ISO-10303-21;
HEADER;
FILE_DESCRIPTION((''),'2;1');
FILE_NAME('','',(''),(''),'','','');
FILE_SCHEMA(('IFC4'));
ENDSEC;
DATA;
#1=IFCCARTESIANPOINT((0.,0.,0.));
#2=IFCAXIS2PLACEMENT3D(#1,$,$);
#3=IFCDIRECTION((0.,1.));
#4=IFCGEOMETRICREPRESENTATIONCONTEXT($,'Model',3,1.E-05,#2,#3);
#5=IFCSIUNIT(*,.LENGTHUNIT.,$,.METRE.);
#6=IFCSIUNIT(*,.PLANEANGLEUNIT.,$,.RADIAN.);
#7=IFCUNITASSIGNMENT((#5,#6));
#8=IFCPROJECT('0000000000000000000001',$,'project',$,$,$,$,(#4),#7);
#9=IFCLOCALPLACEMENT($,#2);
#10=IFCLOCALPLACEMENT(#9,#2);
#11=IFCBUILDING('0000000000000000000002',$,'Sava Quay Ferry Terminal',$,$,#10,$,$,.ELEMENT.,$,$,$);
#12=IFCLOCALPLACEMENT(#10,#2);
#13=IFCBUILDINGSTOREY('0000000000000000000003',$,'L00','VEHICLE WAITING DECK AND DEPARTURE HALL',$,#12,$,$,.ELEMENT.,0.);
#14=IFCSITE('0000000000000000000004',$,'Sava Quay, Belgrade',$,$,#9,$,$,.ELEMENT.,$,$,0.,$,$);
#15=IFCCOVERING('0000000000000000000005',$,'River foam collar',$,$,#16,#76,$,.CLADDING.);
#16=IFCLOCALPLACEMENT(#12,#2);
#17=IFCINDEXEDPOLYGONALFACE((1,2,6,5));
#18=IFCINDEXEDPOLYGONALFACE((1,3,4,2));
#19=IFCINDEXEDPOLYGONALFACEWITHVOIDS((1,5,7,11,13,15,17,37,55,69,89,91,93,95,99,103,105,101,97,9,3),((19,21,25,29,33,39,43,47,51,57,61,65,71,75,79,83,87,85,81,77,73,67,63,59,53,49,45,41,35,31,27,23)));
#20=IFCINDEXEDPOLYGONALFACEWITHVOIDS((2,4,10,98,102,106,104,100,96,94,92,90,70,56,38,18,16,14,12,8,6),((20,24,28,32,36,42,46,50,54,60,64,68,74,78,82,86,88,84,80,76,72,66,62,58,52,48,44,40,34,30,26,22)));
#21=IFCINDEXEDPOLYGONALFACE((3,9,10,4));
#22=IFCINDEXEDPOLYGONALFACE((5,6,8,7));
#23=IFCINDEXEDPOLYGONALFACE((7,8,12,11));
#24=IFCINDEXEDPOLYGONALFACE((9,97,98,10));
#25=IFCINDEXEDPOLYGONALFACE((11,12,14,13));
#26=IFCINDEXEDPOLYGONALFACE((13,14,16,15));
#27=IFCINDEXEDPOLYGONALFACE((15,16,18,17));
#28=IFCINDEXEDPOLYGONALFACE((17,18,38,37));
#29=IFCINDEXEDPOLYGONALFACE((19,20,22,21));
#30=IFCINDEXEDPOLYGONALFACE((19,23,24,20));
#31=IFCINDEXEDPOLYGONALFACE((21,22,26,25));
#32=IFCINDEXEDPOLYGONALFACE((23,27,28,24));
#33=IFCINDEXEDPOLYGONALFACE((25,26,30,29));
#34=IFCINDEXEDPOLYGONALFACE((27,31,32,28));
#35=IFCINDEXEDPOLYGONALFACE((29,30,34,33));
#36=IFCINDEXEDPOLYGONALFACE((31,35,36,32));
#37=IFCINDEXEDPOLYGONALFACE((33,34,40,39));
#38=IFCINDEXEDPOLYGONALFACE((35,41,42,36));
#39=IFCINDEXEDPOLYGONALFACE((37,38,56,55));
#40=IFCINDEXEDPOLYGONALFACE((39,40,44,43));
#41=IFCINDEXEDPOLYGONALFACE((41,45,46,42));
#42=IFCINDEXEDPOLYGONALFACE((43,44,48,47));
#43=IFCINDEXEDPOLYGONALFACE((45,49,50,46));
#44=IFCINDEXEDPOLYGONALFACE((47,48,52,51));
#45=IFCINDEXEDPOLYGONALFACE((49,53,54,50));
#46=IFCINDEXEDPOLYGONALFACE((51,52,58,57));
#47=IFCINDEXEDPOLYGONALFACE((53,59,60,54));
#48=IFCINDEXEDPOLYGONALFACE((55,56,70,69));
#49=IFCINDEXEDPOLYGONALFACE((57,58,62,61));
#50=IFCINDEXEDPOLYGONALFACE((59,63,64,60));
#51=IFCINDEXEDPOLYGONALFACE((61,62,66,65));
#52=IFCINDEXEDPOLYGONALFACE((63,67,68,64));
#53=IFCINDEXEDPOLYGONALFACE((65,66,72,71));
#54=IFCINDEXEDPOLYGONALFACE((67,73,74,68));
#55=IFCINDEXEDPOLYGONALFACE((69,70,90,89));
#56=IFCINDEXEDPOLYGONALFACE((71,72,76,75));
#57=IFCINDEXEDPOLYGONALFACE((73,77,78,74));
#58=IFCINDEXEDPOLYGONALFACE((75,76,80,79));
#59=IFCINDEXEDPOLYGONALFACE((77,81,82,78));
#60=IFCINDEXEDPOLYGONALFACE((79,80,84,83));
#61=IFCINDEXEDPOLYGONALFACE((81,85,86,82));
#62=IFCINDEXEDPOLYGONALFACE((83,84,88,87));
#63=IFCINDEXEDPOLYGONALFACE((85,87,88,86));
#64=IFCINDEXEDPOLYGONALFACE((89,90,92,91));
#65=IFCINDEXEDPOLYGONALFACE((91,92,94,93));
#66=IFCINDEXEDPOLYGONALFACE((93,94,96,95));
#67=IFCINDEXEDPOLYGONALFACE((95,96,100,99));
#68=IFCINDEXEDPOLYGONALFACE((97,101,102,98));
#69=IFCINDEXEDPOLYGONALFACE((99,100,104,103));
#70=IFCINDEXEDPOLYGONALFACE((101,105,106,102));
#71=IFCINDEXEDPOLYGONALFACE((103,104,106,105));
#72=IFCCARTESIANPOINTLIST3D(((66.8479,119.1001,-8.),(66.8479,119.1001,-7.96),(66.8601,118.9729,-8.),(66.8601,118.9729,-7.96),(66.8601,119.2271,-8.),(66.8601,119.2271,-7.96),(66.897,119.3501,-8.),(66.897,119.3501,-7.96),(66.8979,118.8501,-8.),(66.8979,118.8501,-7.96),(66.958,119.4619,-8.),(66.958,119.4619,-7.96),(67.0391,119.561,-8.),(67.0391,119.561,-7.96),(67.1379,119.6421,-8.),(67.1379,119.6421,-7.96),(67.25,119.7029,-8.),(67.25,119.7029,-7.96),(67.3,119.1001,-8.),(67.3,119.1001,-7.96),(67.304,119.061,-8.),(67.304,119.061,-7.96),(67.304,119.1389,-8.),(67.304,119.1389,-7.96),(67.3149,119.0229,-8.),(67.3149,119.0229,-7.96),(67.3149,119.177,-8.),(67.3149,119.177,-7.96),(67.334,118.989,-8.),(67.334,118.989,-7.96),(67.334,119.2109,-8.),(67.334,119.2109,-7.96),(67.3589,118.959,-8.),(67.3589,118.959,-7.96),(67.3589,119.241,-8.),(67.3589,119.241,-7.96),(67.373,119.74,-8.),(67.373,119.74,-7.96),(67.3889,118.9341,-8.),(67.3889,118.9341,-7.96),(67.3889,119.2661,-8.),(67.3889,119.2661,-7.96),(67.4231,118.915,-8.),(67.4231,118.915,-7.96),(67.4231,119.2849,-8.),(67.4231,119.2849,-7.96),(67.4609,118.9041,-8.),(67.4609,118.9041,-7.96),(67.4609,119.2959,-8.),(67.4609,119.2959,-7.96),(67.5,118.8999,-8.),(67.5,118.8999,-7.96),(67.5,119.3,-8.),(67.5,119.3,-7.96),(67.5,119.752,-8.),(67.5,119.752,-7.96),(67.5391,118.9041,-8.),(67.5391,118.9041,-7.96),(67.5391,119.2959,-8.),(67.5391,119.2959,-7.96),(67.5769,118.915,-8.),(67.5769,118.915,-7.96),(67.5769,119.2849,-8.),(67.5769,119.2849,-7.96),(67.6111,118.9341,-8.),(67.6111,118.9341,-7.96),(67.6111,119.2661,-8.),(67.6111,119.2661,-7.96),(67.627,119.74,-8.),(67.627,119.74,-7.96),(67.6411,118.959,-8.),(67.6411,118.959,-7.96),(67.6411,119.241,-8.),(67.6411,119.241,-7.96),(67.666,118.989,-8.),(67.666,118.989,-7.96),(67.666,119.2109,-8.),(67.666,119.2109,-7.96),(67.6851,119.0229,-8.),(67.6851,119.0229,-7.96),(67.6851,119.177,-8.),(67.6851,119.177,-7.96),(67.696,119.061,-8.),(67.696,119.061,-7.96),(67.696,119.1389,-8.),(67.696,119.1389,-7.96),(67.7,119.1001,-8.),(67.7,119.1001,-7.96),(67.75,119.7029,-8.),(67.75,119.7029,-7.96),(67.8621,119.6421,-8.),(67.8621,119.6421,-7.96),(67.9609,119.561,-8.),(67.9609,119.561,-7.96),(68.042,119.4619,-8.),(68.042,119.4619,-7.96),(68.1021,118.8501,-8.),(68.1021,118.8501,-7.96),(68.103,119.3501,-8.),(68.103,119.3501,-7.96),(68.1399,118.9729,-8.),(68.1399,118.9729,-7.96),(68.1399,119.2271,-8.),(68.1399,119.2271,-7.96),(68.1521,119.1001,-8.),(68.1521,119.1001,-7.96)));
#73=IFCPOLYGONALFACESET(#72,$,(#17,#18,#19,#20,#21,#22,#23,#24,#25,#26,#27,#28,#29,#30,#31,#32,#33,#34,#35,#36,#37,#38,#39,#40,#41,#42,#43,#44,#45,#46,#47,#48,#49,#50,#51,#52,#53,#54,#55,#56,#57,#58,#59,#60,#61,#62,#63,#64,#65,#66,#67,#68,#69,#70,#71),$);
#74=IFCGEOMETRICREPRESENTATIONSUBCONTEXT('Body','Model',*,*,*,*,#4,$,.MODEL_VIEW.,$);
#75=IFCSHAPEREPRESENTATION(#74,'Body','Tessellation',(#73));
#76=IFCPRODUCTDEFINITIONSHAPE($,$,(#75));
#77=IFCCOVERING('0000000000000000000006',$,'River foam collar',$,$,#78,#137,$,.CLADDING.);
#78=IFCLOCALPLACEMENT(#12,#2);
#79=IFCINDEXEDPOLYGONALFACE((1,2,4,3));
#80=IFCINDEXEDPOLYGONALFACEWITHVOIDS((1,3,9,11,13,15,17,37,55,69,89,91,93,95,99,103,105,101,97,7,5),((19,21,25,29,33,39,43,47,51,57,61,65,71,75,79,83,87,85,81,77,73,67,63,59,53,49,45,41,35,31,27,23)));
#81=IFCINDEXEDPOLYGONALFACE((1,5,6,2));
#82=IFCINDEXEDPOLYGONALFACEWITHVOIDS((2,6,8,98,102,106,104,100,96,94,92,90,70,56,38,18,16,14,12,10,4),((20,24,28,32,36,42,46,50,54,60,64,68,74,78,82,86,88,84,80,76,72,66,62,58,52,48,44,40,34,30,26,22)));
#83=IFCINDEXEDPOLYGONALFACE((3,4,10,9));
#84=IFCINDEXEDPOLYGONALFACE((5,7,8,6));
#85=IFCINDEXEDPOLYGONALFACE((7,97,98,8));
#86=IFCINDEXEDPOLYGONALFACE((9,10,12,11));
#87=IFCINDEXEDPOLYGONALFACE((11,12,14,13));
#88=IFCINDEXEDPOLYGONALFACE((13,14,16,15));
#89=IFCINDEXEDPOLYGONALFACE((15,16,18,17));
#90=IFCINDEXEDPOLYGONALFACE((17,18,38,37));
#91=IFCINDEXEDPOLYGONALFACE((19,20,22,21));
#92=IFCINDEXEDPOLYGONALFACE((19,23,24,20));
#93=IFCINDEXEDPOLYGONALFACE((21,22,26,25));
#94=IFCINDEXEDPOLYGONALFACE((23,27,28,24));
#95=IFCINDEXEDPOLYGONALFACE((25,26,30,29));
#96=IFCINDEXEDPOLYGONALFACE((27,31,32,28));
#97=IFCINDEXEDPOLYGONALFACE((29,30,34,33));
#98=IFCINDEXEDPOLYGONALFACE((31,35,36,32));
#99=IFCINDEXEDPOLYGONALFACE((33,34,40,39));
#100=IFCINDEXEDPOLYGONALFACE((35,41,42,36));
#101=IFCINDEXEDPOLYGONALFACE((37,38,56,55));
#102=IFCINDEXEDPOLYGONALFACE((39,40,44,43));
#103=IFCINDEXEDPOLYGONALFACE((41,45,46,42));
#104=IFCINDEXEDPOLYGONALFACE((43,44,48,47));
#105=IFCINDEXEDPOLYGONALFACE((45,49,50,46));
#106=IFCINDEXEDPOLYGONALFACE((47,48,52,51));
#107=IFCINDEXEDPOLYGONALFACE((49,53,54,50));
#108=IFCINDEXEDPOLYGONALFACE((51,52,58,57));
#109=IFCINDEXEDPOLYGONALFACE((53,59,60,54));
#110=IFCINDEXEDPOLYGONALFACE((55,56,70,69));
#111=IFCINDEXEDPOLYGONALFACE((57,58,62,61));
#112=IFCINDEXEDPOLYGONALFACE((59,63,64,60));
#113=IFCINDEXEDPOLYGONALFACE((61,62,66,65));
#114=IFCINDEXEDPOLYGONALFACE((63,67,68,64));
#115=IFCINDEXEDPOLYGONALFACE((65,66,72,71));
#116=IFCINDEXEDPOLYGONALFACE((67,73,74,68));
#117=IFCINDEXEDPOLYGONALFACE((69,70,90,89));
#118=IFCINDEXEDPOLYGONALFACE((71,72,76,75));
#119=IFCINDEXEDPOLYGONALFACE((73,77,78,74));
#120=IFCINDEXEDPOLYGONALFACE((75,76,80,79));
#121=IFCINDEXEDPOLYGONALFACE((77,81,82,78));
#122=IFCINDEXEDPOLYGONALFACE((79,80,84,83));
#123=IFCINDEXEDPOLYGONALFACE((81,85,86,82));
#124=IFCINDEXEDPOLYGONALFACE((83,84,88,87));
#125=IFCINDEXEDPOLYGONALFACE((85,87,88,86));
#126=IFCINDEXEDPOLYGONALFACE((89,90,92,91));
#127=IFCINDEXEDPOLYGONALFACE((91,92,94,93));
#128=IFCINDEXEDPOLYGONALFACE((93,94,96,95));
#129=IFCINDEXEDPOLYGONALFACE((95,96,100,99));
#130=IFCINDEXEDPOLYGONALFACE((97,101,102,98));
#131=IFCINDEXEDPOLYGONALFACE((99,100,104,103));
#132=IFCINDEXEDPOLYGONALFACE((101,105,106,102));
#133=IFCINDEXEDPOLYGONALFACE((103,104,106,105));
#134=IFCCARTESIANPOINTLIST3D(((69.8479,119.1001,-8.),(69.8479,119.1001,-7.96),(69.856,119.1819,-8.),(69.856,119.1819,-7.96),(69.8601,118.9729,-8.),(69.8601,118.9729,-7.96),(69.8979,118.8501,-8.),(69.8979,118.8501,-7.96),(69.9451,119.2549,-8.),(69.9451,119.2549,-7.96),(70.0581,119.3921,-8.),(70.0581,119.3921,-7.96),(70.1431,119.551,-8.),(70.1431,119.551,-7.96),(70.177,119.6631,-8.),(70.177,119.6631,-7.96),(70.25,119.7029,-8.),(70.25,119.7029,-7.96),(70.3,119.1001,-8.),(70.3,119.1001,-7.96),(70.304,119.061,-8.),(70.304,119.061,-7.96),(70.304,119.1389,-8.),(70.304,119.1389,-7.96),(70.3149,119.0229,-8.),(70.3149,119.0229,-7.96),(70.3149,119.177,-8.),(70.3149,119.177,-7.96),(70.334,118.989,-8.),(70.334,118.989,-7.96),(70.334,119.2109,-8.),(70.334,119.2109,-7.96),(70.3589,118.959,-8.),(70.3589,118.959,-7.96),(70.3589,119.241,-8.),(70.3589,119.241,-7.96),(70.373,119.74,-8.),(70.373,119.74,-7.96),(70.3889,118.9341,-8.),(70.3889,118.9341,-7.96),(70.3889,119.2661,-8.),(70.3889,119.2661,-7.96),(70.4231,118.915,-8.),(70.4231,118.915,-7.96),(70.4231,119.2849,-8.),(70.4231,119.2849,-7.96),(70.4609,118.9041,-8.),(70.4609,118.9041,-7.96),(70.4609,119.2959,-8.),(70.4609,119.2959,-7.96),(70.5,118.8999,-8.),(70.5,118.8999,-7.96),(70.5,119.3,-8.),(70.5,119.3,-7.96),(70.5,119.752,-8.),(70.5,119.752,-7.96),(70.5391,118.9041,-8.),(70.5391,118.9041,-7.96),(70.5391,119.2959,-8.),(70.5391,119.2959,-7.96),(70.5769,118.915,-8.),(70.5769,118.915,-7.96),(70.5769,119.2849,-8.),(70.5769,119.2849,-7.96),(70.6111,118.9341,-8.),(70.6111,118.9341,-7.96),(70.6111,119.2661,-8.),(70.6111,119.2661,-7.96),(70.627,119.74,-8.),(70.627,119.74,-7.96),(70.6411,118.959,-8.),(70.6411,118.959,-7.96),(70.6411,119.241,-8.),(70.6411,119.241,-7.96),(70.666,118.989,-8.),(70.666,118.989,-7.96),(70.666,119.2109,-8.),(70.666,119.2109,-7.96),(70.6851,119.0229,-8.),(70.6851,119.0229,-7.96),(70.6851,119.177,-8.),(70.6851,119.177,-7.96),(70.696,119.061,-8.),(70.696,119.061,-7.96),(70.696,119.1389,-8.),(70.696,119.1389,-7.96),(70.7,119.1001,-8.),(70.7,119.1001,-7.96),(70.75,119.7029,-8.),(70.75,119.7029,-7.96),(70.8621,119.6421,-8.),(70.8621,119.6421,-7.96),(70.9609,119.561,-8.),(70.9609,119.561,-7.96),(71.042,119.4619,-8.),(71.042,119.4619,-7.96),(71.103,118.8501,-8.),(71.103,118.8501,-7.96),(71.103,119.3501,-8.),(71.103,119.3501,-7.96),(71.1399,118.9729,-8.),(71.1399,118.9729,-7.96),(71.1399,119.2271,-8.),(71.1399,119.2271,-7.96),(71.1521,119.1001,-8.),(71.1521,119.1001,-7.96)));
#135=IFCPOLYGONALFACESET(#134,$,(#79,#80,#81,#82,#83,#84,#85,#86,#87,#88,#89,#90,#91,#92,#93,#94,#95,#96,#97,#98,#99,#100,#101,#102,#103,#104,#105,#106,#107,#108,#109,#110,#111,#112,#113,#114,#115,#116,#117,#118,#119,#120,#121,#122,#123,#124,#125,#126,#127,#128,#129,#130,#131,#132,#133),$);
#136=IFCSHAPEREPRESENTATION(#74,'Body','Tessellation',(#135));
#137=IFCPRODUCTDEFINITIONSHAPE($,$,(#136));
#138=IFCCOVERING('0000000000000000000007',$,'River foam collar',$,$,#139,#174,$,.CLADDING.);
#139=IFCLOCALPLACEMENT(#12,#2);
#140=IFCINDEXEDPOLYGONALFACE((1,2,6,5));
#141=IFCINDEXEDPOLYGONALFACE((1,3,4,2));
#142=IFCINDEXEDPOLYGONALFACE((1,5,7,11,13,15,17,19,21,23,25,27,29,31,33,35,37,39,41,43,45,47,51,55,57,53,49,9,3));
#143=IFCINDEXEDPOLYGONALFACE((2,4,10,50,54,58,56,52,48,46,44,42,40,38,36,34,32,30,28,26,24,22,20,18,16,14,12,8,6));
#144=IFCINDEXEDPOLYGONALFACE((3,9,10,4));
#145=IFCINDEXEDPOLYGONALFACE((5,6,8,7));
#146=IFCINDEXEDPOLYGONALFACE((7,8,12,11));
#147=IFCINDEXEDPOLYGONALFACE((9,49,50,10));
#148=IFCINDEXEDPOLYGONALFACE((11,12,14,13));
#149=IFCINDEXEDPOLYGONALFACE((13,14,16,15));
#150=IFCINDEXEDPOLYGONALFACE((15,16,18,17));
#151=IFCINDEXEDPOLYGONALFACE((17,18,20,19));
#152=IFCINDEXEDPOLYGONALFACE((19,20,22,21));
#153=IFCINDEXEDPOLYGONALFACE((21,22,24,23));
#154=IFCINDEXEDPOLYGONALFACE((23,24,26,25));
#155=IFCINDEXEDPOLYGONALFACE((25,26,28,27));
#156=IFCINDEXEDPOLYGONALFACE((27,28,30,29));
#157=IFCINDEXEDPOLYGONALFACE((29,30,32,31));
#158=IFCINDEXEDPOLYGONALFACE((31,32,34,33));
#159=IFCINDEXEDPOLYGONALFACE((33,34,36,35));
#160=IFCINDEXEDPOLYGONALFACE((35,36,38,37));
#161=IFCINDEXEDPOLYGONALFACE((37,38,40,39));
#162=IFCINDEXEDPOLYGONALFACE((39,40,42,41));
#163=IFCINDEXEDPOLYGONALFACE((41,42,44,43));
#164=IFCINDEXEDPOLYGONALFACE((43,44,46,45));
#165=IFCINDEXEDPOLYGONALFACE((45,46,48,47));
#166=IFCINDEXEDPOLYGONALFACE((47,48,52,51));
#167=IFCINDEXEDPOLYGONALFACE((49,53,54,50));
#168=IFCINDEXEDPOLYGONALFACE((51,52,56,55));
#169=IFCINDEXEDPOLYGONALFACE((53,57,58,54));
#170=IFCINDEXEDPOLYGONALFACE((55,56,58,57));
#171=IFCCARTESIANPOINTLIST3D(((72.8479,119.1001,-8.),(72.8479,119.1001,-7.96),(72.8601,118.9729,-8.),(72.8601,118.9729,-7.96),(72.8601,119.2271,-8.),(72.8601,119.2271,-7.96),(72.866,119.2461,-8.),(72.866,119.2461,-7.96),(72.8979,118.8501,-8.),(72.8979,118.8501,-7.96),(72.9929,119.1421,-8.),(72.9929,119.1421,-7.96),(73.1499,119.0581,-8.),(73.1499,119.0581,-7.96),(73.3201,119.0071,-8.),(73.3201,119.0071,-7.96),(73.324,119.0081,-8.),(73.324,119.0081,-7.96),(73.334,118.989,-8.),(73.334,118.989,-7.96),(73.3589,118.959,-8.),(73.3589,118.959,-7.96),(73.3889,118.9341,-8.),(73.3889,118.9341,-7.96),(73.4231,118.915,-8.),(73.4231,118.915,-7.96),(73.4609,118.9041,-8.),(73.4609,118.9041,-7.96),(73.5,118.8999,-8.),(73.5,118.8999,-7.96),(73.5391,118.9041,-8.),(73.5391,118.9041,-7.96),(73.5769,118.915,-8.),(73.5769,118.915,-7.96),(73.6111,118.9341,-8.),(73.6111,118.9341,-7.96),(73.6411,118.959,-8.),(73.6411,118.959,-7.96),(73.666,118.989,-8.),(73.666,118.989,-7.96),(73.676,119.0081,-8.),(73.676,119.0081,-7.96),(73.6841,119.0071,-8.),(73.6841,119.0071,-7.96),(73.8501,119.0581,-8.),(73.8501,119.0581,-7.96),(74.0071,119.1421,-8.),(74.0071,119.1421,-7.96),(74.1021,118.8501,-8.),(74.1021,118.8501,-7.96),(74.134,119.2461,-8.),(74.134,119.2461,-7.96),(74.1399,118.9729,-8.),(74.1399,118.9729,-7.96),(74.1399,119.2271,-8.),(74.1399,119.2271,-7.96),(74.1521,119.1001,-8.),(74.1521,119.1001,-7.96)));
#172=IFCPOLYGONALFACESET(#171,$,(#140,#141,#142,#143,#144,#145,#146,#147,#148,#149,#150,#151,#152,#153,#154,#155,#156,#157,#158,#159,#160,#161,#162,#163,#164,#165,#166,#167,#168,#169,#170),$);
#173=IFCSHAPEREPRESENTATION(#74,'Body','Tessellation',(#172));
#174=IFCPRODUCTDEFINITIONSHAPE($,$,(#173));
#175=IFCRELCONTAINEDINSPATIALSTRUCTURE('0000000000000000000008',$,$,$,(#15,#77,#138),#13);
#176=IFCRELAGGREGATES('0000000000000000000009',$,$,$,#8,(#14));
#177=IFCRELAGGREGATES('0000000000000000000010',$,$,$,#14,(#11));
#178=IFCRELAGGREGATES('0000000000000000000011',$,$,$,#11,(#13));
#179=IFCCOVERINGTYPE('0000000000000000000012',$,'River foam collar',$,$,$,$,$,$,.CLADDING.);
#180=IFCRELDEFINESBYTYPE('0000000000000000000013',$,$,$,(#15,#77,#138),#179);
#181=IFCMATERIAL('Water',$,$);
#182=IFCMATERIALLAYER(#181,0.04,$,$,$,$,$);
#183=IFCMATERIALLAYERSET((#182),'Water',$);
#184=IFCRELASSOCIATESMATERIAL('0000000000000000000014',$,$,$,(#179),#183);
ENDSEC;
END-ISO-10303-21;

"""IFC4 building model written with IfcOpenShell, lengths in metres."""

from ifc_helpers import new_model, si_unit, direction, frame, origin, place, context, subcontext, project, spatial, polyline, outline, extrude, material, layer, layer_set, type_object, element, save


model = new_model("IFC4")

# Units and contexts
model_context = context("Model", 3, precision=1e-05, world=origin(), true_north=direction((0.0, 1.0)))
body_context = subcontext(model_context, "Body", "Model", "MODEL_VIEW")
ifc_project = project(units=[si_unit("LENGTHUNIT", "METRE"), si_unit("PLANEANGLEUNIT", "RADIAN")], contexts=[model_context])

# Site, building, storey
site_placement = place(None, origin())
site = spatial("IfcSite", under=ifc_project, at=site_placement, Name="Sava Quay, Belgrade", CompositionType="ELEMENT", RefElevation=0.0)
building_placement = place(site_placement, origin())
building = spatial("IfcBuilding", under=site, at=building_placement, Name="Sava Quay Ferry Terminal", CompositionType="ELEMENT")
storey_placement = place(building_placement, origin())
storey = spatial("IfcBuildingStorey", under=building, at=storey_placement, Name="L00", Description="VEHICLE WAITING DECK AND DEPARTURE HALL", CompositionType="ELEMENT", Elevation=0.0)

# Coverings
ifc_material = material(Name="Water")
ifc_layer = layer(ifc_material, 0.04)
ifc_layer_set = layer_set([ifc_layer], Name="Water")
covering_type = type_object("IfcCoveringType", Name="River foam collar", PredefinedType="CLADDING", material=ifc_layer_set)
covering_1_placement = place(storey_placement, frame((0.0, 0.0, -8.0)))
element("IfcCovering", 1, at=covering_1_placement, inside=storey, type_object=covering_type, Name="River foam collar", PredefinedType="CLADDING", context=body_context, shape_type="SweptSolid", body=[
    extrude(outline(polyline([(68.1521, 119.1001), (68.1399, 119.2271), (68.103, 119.3501), (68.042, 119.4619), (67.9609, 119.561), (67.8621, 119.6421), (67.75, 119.7029), (67.627, 119.74), (67.5, 119.752), (67.373, 119.74), (67.25, 119.7029), (67.1379, 119.6421), (67.0391, 119.561), (66.958, 119.4619), (66.897, 119.3501), (66.8601, 119.2271), (66.8479, 119.1001), (66.8601, 118.9729), (66.8979, 118.8501), (68.1021, 118.8501), (68.1399, 118.9729), (68.1521, 119.1001)]), holes=[polyline([(67.334, 118.989), (67.3149, 119.0229), (67.304, 119.061), (67.3, 119.1001), (67.304, 119.1389), (67.3149, 119.177), (67.334, 119.2109), (67.3589, 119.241), (67.3889, 119.2661), (67.4231, 119.2849), (67.4609, 119.2959), (67.5, 119.3), (67.5391, 119.2959), (67.5769, 119.2849), (67.6111, 119.2661), (67.6411, 119.241), (67.666, 119.2109), (67.6851, 119.177), (67.696, 119.1389), (67.7, 119.1001), (67.696, 119.061), (67.6851, 119.0229), (67.666, 118.989), (67.6411, 118.959), (67.6111, 118.9341), (67.5769, 118.915), (67.5391, 118.9041), (67.5, 118.8999), (67.4609, 118.9041), (67.4231, 118.915), (67.3889, 118.9341), (67.3589, 118.959), (67.334, 118.989)])]), origin(), (0.0, 0.0, 1.0), 0.04),
])
covering_2_placement = place(storey_placement, frame((0.0, 0.0, -8.0)))
element("IfcCovering", 2, at=covering_2_placement, inside=storey, type_object=covering_type, Name="River foam collar", PredefinedType="CLADDING", context=body_context, shape_type="SweptSolid", body=[
    extrude(outline(polyline([(70.0581, 119.3921), (69.9451, 119.2549), (69.856, 119.1819), (69.8479, 119.1001), (69.8601, 118.9729), (69.8979, 118.8501), (71.103, 118.8501), (71.1399, 118.9729), (71.1521, 119.1001), (71.1399, 119.2271), (71.103, 119.3501), (71.042, 119.4619), (70.9609, 119.561), (70.8621, 119.6421), (70.75, 119.7029), (70.627, 119.74), (70.5, 119.752), (70.373, 119.74), (70.25, 119.7029), (70.177, 119.6631), (70.1431, 119.551), (70.0581, 119.3921)]), holes=[polyline([(70.3589, 118.959), (70.334, 118.989), (70.3149, 119.0229), (70.304, 119.061), (70.3, 119.1001), (70.304, 119.1389), (70.3149, 119.177), (70.334, 119.2109), (70.3589, 119.241), (70.3889, 119.2661), (70.4231, 119.2849), (70.4609, 119.2959), (70.5, 119.3), (70.5391, 119.2959), (70.5769, 119.2849), (70.6111, 119.2661), (70.6411, 119.241), (70.666, 119.2109), (70.6851, 119.177), (70.696, 119.1389), (70.7, 119.1001), (70.696, 119.061), (70.6851, 119.0229), (70.666, 118.989), (70.6411, 118.959), (70.6111, 118.9341), (70.5769, 118.915), (70.5391, 118.9041), (70.5, 118.8999), (70.4609, 118.9041), (70.4231, 118.915), (70.3889, 118.9341), (70.3589, 118.959)])]), origin(), (0.0, 0.0, 1.0), 0.04),
])
covering_3_placement = place(storey_placement, frame((0.0, 0.0, -8.0)))
element("IfcCovering", 3, at=covering_3_placement, inside=storey, type_object=covering_type, Name="River foam collar", PredefinedType="CLADDING", context=body_context, shape_type="SweptSolid", body=[
    extrude(outline(polyline([(73.3201, 119.0071), (73.1499, 119.0581), (72.9929, 119.1421), (72.866, 119.2461), (72.8601, 119.2271), (72.8479, 119.1001), (72.8601, 118.9729), (72.8979, 118.8501), (74.1021, 118.8501), (74.1399, 118.9729), (74.1521, 119.1001), (74.1399, 119.2271), (74.134, 119.2461), (74.0071, 119.1421), (73.8501, 119.0581), (73.6841, 119.0071), (73.676, 119.0081), (73.666, 118.989), (73.6411, 118.959), (73.6111, 118.9341), (73.5769, 118.915), (73.5391, 118.9041), (73.5, 118.8999), (73.4609, 118.9041), (73.4231, 118.915), (73.3889, 118.9341), (73.3589, 118.959), (73.334, 118.989), (73.324, 119.0081), (73.3201, 119.0071)])), origin(), (0.0, 0.0, 1.0), 0.04),
])

save(model, "model.ifc")
